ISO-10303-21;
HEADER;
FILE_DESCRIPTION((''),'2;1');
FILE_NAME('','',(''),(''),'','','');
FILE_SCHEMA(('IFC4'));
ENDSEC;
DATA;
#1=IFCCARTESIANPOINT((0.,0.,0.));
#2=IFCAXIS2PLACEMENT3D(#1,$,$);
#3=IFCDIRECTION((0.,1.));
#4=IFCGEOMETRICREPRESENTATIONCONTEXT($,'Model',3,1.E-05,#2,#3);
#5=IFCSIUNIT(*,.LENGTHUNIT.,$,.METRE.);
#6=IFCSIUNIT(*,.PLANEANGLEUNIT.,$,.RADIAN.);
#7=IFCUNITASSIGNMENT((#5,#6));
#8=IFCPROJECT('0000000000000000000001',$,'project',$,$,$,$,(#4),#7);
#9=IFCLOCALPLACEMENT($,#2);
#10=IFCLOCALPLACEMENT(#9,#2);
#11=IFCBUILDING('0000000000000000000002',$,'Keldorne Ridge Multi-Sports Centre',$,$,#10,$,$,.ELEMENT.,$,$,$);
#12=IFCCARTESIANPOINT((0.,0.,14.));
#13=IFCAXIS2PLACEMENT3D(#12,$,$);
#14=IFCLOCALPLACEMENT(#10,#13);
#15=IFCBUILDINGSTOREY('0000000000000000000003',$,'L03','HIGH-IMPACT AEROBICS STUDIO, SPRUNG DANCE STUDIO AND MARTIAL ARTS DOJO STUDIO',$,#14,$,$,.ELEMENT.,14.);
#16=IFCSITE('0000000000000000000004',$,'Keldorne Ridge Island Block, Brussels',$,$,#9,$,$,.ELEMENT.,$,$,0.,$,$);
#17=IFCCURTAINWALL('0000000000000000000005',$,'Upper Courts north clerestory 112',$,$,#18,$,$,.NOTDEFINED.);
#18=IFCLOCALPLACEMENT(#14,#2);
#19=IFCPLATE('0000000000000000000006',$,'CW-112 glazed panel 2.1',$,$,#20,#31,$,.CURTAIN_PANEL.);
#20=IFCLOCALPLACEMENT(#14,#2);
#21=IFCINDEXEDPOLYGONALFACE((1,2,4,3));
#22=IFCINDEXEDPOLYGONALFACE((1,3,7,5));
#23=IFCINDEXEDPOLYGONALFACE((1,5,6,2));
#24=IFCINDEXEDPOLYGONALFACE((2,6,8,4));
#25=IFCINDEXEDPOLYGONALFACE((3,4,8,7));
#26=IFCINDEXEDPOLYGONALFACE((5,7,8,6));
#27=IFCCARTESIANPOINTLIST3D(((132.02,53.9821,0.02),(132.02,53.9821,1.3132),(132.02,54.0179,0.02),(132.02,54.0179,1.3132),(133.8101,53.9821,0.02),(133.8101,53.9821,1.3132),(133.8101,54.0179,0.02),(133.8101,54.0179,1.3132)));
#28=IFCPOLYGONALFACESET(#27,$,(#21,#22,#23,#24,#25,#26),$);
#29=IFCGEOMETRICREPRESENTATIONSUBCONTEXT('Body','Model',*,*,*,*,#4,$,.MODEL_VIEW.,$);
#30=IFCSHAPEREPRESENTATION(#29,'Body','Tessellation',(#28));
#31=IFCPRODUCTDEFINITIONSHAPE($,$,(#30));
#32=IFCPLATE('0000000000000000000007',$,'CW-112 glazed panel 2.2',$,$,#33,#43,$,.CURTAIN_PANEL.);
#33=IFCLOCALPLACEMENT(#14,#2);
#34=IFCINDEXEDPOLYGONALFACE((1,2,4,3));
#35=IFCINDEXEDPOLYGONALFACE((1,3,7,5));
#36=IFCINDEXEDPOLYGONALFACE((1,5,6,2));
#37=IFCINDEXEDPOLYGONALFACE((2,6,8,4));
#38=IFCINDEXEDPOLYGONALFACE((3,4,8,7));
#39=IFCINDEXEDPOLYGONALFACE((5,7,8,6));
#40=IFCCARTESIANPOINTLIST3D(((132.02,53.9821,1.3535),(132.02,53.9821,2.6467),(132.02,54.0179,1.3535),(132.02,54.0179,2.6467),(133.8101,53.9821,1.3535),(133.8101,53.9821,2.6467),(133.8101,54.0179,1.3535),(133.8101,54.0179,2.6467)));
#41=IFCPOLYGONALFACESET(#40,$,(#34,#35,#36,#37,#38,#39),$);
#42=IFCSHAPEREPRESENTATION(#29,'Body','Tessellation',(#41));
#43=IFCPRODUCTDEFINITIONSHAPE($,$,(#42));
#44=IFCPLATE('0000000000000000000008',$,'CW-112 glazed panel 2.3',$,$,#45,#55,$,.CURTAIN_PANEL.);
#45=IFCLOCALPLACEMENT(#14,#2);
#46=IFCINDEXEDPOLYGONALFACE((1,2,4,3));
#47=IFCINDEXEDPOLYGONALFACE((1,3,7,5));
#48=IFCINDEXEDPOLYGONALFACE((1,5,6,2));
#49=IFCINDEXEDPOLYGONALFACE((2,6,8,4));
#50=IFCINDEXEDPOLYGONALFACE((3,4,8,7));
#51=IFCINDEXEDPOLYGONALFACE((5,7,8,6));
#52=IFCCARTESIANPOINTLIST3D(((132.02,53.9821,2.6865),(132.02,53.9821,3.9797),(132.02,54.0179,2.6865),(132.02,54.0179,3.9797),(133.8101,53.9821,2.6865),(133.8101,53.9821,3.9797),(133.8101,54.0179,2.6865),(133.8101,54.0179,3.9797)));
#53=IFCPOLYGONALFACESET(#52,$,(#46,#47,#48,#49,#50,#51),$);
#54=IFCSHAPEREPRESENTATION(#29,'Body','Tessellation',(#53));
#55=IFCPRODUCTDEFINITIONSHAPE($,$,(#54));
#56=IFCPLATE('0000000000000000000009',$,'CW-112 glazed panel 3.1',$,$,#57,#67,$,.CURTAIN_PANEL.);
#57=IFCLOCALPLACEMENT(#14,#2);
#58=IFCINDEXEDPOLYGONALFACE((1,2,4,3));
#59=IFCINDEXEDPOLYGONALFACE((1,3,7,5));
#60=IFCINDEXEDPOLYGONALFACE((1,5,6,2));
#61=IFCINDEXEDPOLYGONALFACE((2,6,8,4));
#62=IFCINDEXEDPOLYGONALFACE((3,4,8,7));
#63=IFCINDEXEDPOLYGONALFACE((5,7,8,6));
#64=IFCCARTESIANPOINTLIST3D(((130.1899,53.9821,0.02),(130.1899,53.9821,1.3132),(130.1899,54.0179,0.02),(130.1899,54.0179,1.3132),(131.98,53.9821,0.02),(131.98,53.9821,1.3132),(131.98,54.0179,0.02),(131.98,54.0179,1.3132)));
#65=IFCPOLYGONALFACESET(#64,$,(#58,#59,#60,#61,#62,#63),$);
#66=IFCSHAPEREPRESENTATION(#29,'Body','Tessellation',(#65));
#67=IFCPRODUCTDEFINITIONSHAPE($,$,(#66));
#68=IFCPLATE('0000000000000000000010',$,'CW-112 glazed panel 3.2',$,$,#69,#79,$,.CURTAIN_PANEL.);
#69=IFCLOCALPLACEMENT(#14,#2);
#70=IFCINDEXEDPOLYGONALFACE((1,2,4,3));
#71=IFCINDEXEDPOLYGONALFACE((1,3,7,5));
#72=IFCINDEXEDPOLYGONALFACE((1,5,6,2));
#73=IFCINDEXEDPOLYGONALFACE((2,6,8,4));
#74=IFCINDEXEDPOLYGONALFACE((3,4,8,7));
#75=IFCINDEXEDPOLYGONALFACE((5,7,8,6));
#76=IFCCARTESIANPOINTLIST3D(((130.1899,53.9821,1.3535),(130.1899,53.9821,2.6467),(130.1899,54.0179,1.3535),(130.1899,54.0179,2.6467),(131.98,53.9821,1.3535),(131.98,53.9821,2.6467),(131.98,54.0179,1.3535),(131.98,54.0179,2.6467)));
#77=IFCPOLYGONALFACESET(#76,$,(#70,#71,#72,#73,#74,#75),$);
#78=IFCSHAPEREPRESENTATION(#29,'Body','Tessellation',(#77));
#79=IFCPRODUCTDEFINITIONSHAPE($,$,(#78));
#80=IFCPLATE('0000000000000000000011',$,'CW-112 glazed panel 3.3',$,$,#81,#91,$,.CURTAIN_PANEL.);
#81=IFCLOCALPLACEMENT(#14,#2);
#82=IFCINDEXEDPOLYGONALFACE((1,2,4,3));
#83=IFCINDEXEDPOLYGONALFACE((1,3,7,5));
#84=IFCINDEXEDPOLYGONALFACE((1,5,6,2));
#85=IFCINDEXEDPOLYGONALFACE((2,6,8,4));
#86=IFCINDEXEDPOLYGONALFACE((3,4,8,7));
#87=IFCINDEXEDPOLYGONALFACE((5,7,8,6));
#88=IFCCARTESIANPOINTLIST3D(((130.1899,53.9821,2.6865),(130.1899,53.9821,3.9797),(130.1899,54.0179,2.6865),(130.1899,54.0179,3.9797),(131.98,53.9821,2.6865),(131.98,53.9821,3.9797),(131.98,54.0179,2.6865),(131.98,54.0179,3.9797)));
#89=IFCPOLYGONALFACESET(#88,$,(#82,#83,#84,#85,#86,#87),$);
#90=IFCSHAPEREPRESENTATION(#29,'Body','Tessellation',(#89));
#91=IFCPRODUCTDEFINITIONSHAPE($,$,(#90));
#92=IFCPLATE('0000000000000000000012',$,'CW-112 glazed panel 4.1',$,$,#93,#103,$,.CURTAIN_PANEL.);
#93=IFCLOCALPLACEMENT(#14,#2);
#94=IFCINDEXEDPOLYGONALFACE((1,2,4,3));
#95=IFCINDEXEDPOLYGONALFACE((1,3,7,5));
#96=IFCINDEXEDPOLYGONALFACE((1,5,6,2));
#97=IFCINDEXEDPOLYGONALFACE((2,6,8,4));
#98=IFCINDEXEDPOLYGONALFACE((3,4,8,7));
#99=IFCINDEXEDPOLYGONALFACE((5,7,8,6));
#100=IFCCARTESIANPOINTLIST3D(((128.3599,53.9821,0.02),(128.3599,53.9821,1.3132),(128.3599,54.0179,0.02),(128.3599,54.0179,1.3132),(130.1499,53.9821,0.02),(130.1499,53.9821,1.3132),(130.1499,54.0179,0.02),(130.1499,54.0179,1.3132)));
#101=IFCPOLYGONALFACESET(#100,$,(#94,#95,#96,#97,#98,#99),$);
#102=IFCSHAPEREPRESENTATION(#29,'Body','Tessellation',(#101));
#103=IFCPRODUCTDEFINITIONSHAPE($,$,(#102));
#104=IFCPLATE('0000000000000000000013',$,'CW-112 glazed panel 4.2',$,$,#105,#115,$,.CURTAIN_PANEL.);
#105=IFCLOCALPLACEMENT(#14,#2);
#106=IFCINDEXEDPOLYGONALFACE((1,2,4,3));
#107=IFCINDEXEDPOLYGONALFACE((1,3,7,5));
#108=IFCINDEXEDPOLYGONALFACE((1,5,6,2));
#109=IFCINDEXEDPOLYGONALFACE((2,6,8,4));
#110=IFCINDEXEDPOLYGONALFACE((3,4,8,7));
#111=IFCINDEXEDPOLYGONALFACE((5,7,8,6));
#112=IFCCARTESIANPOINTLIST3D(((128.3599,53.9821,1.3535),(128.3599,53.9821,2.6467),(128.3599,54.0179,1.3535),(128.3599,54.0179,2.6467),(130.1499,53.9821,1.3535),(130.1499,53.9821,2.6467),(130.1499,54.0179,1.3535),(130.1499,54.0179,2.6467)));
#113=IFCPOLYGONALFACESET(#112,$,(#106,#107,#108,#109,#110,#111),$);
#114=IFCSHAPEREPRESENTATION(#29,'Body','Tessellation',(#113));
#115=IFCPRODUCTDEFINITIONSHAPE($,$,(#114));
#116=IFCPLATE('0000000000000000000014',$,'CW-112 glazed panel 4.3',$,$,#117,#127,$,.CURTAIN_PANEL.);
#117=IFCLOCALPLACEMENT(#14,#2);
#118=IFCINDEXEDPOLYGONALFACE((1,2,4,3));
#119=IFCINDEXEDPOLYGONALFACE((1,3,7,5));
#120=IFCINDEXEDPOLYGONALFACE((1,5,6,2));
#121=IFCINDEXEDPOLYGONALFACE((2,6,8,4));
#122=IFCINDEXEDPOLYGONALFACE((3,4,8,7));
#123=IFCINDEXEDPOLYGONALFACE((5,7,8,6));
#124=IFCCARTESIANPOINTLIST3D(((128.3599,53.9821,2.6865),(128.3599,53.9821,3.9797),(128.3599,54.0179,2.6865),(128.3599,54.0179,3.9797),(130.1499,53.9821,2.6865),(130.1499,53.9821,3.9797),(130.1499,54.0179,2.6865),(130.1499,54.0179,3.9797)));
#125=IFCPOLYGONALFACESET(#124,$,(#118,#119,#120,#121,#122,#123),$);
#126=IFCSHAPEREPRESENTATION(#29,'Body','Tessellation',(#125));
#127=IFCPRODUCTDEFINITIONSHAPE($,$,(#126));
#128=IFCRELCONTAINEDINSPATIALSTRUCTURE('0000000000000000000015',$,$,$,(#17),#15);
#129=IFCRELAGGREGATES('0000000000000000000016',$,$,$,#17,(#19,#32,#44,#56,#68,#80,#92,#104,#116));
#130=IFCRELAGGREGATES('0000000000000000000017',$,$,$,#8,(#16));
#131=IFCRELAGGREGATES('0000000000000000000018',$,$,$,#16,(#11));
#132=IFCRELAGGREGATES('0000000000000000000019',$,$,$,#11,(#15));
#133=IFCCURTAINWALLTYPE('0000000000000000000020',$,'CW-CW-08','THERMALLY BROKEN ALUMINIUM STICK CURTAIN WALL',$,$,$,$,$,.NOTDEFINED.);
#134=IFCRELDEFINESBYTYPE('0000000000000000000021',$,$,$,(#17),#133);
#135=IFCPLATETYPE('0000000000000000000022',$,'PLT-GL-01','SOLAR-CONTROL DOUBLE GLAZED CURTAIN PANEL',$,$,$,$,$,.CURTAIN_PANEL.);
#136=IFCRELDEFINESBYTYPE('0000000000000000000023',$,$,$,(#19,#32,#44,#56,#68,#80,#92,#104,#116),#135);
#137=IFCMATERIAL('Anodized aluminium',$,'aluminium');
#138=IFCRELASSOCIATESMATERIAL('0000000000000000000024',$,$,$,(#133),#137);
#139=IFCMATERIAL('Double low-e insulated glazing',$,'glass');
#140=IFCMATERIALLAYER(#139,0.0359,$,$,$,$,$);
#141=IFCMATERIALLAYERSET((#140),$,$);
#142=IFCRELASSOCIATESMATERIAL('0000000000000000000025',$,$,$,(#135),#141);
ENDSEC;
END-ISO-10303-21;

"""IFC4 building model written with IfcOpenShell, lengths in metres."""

from ifc_helpers import new_model, si_unit, direction, frame, origin, origin_2d, place, context, subcontext, project, spatial, rectangle, extrude, material, layer, layer_set, type_object, element, aggregate, save


model = new_model("IFC4")

# Units and contexts
model_context = context("Model", 3, precision=1e-05, world=origin(), true_north=direction((0.0, 1.0)))
body_context = subcontext(model_context, "Body", "Model", "MODEL_VIEW")
ifc_project = project(units=[si_unit("LENGTHUNIT", "METRE"), si_unit("PLANEANGLEUNIT", "RADIAN")], contexts=[model_context])

# Site, building, storey
site_placement = place(None, origin())
site = spatial("IfcSite", under=ifc_project, at=site_placement, Name="Keldorne Ridge Island Block, Brussels", CompositionType="ELEMENT", RefElevation=0.0)
building_placement = place(site_placement, origin())
building = spatial("IfcBuilding", under=site, at=building_placement, Name="Keldorne Ridge Multi-Sports Centre", CompositionType="ELEMENT")
storey_placement = place(building_placement, frame((0.0, 0.0, 14.0)))
storey = spatial("IfcBuildingStorey", under=building, at=storey_placement, Name="L03", Description="HIGH-IMPACT AEROBICS STUDIO, SPRUNG DANCE STUDIO AND MARTIAL ARTS DOJO STUDIO", CompositionType="ELEMENT", Elevation=14.0)

# Curtain wall
ifc_material_1 = material(Name="Anodized aluminium", Category="aluminium")
curtain_wall_type_1 = type_object("IfcCurtainWallType", Name="CW-CW-08", Description="THERMALLY BROKEN ALUMINIUM STICK CURTAIN WALL", PredefinedType="NOTDEFINED", material=ifc_material_1)
curtain_wall_1_placement = place(storey_placement, origin())
curtain_wall_1 = element("IfcCurtainWall", 1, at=curtain_wall_1_placement, inside=storey, type_object=curtain_wall_type_1, Name="Upper Courts north clerestory 112", PredefinedType="NOTDEFINED")

# Plates
ifc_material_2 = material(Name="Double low-e insulated glazing", Category="glass")
ifc_layer = layer(ifc_material_2, 0.0359)
ifc_layer_set = layer_set([ifc_layer])
plate_type = type_object("IfcPlateType", Name="PLT-GL-01", Description="SOLAR-CONTROL DOUBLE GLAZED CURTAIN PANEL", PredefinedType="CURTAIN_PANEL", material=ifc_layer_set)
plate_1_placement = place(storey_placement, frame((132.915, 54.0, 0.02), z_axis=(0.0, 0.0, 1.0), x_axis=(-1.0, 0.0, 0.0)))
plate_1 = element("IfcPlate", 2, at=plate_1_placement, type_object=plate_type, Name="CW-112 glazed panel 2.1", PredefinedType="CURTAIN_PANEL", context=body_context, shape_type="SweptSolid", body=[
    extrude(rectangle(XDim=1.79, YDim=0.0359, at=origin_2d()), origin(), (0.0, 0.0, 1.0), 1.2932),
])
plate_2_placement = place(storey_placement, frame((132.915, 54.0, 1.3535), z_axis=(0.0, 0.0, 1.0), x_axis=(-1.0, 0.0, 0.0)))
plate_2 = element("IfcPlate", 3, at=plate_2_placement, type_object=plate_type, Name="CW-112 glazed panel 2.2", PredefinedType="CURTAIN_PANEL", context=body_context, shape_type="SweptSolid", body=[
    extrude(rectangle(XDim=1.79, YDim=0.0359, at=origin_2d()), origin(), (0.0, 0.0, 1.0), 1.2932),
])
plate_3_placement = place(storey_placement, frame((132.915, 54.0, 2.6865), z_axis=(0.0, 0.0, 1.0), x_axis=(-1.0, 0.0, 0.0)))
plate_3 = element("IfcPlate", 4, at=plate_3_placement, type_object=plate_type, Name="CW-112 glazed panel 2.3", PredefinedType="CURTAIN_PANEL", context=body_context, shape_type="SweptSolid", body=[
    extrude(rectangle(XDim=1.79, YDim=0.0359, at=origin_2d()), origin(), (0.0, 0.0, 1.0), 1.2932),
])
plate_4_placement = place(storey_placement, frame((131.085, 54.0, 0.02), z_axis=(0.0, 0.0, 1.0), x_axis=(-1.0, 0.0, 0.0)))
plate_4 = element("IfcPlate", 5, at=plate_4_placement, type_object=plate_type, Name="CW-112 glazed panel 3.1", PredefinedType="CURTAIN_PANEL", context=body_context, shape_type="SweptSolid", body=[
    extrude(rectangle(XDim=1.79, YDim=0.0359, at=origin_2d()), origin(), (0.0, 0.0, 1.0), 1.2932),
])
plate_5_placement = place(storey_placement, frame((131.085, 54.0, 1.3535), z_axis=(0.0, 0.0, 1.0), x_axis=(-1.0, 0.0, 0.0)))
plate_5 = element("IfcPlate", 6, at=plate_5_placement, type_object=plate_type, Name="CW-112 glazed panel 3.2", PredefinedType="CURTAIN_PANEL", context=body_context, shape_type="SweptSolid", body=[
    extrude(rectangle(XDim=1.79, YDim=0.0359, at=origin_2d()), origin(), (0.0, 0.0, 1.0), 1.2932),
])
plate_6_placement = place(storey_placement, frame((131.085, 54.0, 2.6865), z_axis=(0.0, 0.0, 1.0), x_axis=(-1.0, 0.0, 0.0)))
plate_6 = element("IfcPlate", 7, at=plate_6_placement, type_object=plate_type, Name="CW-112 glazed panel 3.3", PredefinedType="CURTAIN_PANEL", context=body_context, shape_type="SweptSolid", body=[
    extrude(rectangle(XDim=1.79, YDim=0.0359, at=origin_2d()), origin(), (0.0, 0.0, 1.0), 1.2932),
])
plate_7_placement = place(storey_placement, frame((129.2549, 54.0, 0.02), z_axis=(0.0, 0.0, 1.0), x_axis=(-1.0, 0.0, 0.0)))
plate_7 = element("IfcPlate", 8, at=plate_7_placement, type_object=plate_type, Name="CW-112 glazed panel 4.1", PredefinedType="CURTAIN_PANEL", context=body_context, shape_type="SweptSolid", body=[
    extrude(rectangle(XDim=1.79, YDim=0.0359, at=origin_2d()), origin(), (0.0, 0.0, 1.0), 1.2932),
])
plate_8_placement = place(storey_placement, frame((129.2549, 54.0, 1.3535), z_axis=(0.0, 0.0, 1.0), x_axis=(-1.0, 0.0, 0.0)))
plate_8 = element("IfcPlate", 9, at=plate_8_placement, type_object=plate_type, Name="CW-112 glazed panel 4.2", PredefinedType="CURTAIN_PANEL", context=body_context, shape_type="SweptSolid", body=[
    extrude(rectangle(XDim=1.79, YDim=0.0359, at=origin_2d()), origin(), (0.0, 0.0, 1.0), 1.2932),
])
plate_9_placement = place(storey_placement, frame((129.2549, 54.0, 2.6865), z_axis=(0.0, 0.0, 1.0), x_axis=(-1.0, 0.0, 0.0)))
plate_9 = element("IfcPlate", 10, at=plate_9_placement, type_object=plate_type, Name="CW-112 glazed panel 4.3", PredefinedType="CURTAIN_PANEL", context=body_context, shape_type="SweptSolid", body=[
    extrude(rectangle(XDim=1.79, YDim=0.0359, at=origin_2d()), origin(), (0.0, 0.0, 1.0), 1.2932),
])
aggregate(curtain_wall_1, [plate_1, plate_2, plate_3, plate_4, plate_5, plate_6, plate_7, plate_8, plate_9])

save(model, "model.ifc")
